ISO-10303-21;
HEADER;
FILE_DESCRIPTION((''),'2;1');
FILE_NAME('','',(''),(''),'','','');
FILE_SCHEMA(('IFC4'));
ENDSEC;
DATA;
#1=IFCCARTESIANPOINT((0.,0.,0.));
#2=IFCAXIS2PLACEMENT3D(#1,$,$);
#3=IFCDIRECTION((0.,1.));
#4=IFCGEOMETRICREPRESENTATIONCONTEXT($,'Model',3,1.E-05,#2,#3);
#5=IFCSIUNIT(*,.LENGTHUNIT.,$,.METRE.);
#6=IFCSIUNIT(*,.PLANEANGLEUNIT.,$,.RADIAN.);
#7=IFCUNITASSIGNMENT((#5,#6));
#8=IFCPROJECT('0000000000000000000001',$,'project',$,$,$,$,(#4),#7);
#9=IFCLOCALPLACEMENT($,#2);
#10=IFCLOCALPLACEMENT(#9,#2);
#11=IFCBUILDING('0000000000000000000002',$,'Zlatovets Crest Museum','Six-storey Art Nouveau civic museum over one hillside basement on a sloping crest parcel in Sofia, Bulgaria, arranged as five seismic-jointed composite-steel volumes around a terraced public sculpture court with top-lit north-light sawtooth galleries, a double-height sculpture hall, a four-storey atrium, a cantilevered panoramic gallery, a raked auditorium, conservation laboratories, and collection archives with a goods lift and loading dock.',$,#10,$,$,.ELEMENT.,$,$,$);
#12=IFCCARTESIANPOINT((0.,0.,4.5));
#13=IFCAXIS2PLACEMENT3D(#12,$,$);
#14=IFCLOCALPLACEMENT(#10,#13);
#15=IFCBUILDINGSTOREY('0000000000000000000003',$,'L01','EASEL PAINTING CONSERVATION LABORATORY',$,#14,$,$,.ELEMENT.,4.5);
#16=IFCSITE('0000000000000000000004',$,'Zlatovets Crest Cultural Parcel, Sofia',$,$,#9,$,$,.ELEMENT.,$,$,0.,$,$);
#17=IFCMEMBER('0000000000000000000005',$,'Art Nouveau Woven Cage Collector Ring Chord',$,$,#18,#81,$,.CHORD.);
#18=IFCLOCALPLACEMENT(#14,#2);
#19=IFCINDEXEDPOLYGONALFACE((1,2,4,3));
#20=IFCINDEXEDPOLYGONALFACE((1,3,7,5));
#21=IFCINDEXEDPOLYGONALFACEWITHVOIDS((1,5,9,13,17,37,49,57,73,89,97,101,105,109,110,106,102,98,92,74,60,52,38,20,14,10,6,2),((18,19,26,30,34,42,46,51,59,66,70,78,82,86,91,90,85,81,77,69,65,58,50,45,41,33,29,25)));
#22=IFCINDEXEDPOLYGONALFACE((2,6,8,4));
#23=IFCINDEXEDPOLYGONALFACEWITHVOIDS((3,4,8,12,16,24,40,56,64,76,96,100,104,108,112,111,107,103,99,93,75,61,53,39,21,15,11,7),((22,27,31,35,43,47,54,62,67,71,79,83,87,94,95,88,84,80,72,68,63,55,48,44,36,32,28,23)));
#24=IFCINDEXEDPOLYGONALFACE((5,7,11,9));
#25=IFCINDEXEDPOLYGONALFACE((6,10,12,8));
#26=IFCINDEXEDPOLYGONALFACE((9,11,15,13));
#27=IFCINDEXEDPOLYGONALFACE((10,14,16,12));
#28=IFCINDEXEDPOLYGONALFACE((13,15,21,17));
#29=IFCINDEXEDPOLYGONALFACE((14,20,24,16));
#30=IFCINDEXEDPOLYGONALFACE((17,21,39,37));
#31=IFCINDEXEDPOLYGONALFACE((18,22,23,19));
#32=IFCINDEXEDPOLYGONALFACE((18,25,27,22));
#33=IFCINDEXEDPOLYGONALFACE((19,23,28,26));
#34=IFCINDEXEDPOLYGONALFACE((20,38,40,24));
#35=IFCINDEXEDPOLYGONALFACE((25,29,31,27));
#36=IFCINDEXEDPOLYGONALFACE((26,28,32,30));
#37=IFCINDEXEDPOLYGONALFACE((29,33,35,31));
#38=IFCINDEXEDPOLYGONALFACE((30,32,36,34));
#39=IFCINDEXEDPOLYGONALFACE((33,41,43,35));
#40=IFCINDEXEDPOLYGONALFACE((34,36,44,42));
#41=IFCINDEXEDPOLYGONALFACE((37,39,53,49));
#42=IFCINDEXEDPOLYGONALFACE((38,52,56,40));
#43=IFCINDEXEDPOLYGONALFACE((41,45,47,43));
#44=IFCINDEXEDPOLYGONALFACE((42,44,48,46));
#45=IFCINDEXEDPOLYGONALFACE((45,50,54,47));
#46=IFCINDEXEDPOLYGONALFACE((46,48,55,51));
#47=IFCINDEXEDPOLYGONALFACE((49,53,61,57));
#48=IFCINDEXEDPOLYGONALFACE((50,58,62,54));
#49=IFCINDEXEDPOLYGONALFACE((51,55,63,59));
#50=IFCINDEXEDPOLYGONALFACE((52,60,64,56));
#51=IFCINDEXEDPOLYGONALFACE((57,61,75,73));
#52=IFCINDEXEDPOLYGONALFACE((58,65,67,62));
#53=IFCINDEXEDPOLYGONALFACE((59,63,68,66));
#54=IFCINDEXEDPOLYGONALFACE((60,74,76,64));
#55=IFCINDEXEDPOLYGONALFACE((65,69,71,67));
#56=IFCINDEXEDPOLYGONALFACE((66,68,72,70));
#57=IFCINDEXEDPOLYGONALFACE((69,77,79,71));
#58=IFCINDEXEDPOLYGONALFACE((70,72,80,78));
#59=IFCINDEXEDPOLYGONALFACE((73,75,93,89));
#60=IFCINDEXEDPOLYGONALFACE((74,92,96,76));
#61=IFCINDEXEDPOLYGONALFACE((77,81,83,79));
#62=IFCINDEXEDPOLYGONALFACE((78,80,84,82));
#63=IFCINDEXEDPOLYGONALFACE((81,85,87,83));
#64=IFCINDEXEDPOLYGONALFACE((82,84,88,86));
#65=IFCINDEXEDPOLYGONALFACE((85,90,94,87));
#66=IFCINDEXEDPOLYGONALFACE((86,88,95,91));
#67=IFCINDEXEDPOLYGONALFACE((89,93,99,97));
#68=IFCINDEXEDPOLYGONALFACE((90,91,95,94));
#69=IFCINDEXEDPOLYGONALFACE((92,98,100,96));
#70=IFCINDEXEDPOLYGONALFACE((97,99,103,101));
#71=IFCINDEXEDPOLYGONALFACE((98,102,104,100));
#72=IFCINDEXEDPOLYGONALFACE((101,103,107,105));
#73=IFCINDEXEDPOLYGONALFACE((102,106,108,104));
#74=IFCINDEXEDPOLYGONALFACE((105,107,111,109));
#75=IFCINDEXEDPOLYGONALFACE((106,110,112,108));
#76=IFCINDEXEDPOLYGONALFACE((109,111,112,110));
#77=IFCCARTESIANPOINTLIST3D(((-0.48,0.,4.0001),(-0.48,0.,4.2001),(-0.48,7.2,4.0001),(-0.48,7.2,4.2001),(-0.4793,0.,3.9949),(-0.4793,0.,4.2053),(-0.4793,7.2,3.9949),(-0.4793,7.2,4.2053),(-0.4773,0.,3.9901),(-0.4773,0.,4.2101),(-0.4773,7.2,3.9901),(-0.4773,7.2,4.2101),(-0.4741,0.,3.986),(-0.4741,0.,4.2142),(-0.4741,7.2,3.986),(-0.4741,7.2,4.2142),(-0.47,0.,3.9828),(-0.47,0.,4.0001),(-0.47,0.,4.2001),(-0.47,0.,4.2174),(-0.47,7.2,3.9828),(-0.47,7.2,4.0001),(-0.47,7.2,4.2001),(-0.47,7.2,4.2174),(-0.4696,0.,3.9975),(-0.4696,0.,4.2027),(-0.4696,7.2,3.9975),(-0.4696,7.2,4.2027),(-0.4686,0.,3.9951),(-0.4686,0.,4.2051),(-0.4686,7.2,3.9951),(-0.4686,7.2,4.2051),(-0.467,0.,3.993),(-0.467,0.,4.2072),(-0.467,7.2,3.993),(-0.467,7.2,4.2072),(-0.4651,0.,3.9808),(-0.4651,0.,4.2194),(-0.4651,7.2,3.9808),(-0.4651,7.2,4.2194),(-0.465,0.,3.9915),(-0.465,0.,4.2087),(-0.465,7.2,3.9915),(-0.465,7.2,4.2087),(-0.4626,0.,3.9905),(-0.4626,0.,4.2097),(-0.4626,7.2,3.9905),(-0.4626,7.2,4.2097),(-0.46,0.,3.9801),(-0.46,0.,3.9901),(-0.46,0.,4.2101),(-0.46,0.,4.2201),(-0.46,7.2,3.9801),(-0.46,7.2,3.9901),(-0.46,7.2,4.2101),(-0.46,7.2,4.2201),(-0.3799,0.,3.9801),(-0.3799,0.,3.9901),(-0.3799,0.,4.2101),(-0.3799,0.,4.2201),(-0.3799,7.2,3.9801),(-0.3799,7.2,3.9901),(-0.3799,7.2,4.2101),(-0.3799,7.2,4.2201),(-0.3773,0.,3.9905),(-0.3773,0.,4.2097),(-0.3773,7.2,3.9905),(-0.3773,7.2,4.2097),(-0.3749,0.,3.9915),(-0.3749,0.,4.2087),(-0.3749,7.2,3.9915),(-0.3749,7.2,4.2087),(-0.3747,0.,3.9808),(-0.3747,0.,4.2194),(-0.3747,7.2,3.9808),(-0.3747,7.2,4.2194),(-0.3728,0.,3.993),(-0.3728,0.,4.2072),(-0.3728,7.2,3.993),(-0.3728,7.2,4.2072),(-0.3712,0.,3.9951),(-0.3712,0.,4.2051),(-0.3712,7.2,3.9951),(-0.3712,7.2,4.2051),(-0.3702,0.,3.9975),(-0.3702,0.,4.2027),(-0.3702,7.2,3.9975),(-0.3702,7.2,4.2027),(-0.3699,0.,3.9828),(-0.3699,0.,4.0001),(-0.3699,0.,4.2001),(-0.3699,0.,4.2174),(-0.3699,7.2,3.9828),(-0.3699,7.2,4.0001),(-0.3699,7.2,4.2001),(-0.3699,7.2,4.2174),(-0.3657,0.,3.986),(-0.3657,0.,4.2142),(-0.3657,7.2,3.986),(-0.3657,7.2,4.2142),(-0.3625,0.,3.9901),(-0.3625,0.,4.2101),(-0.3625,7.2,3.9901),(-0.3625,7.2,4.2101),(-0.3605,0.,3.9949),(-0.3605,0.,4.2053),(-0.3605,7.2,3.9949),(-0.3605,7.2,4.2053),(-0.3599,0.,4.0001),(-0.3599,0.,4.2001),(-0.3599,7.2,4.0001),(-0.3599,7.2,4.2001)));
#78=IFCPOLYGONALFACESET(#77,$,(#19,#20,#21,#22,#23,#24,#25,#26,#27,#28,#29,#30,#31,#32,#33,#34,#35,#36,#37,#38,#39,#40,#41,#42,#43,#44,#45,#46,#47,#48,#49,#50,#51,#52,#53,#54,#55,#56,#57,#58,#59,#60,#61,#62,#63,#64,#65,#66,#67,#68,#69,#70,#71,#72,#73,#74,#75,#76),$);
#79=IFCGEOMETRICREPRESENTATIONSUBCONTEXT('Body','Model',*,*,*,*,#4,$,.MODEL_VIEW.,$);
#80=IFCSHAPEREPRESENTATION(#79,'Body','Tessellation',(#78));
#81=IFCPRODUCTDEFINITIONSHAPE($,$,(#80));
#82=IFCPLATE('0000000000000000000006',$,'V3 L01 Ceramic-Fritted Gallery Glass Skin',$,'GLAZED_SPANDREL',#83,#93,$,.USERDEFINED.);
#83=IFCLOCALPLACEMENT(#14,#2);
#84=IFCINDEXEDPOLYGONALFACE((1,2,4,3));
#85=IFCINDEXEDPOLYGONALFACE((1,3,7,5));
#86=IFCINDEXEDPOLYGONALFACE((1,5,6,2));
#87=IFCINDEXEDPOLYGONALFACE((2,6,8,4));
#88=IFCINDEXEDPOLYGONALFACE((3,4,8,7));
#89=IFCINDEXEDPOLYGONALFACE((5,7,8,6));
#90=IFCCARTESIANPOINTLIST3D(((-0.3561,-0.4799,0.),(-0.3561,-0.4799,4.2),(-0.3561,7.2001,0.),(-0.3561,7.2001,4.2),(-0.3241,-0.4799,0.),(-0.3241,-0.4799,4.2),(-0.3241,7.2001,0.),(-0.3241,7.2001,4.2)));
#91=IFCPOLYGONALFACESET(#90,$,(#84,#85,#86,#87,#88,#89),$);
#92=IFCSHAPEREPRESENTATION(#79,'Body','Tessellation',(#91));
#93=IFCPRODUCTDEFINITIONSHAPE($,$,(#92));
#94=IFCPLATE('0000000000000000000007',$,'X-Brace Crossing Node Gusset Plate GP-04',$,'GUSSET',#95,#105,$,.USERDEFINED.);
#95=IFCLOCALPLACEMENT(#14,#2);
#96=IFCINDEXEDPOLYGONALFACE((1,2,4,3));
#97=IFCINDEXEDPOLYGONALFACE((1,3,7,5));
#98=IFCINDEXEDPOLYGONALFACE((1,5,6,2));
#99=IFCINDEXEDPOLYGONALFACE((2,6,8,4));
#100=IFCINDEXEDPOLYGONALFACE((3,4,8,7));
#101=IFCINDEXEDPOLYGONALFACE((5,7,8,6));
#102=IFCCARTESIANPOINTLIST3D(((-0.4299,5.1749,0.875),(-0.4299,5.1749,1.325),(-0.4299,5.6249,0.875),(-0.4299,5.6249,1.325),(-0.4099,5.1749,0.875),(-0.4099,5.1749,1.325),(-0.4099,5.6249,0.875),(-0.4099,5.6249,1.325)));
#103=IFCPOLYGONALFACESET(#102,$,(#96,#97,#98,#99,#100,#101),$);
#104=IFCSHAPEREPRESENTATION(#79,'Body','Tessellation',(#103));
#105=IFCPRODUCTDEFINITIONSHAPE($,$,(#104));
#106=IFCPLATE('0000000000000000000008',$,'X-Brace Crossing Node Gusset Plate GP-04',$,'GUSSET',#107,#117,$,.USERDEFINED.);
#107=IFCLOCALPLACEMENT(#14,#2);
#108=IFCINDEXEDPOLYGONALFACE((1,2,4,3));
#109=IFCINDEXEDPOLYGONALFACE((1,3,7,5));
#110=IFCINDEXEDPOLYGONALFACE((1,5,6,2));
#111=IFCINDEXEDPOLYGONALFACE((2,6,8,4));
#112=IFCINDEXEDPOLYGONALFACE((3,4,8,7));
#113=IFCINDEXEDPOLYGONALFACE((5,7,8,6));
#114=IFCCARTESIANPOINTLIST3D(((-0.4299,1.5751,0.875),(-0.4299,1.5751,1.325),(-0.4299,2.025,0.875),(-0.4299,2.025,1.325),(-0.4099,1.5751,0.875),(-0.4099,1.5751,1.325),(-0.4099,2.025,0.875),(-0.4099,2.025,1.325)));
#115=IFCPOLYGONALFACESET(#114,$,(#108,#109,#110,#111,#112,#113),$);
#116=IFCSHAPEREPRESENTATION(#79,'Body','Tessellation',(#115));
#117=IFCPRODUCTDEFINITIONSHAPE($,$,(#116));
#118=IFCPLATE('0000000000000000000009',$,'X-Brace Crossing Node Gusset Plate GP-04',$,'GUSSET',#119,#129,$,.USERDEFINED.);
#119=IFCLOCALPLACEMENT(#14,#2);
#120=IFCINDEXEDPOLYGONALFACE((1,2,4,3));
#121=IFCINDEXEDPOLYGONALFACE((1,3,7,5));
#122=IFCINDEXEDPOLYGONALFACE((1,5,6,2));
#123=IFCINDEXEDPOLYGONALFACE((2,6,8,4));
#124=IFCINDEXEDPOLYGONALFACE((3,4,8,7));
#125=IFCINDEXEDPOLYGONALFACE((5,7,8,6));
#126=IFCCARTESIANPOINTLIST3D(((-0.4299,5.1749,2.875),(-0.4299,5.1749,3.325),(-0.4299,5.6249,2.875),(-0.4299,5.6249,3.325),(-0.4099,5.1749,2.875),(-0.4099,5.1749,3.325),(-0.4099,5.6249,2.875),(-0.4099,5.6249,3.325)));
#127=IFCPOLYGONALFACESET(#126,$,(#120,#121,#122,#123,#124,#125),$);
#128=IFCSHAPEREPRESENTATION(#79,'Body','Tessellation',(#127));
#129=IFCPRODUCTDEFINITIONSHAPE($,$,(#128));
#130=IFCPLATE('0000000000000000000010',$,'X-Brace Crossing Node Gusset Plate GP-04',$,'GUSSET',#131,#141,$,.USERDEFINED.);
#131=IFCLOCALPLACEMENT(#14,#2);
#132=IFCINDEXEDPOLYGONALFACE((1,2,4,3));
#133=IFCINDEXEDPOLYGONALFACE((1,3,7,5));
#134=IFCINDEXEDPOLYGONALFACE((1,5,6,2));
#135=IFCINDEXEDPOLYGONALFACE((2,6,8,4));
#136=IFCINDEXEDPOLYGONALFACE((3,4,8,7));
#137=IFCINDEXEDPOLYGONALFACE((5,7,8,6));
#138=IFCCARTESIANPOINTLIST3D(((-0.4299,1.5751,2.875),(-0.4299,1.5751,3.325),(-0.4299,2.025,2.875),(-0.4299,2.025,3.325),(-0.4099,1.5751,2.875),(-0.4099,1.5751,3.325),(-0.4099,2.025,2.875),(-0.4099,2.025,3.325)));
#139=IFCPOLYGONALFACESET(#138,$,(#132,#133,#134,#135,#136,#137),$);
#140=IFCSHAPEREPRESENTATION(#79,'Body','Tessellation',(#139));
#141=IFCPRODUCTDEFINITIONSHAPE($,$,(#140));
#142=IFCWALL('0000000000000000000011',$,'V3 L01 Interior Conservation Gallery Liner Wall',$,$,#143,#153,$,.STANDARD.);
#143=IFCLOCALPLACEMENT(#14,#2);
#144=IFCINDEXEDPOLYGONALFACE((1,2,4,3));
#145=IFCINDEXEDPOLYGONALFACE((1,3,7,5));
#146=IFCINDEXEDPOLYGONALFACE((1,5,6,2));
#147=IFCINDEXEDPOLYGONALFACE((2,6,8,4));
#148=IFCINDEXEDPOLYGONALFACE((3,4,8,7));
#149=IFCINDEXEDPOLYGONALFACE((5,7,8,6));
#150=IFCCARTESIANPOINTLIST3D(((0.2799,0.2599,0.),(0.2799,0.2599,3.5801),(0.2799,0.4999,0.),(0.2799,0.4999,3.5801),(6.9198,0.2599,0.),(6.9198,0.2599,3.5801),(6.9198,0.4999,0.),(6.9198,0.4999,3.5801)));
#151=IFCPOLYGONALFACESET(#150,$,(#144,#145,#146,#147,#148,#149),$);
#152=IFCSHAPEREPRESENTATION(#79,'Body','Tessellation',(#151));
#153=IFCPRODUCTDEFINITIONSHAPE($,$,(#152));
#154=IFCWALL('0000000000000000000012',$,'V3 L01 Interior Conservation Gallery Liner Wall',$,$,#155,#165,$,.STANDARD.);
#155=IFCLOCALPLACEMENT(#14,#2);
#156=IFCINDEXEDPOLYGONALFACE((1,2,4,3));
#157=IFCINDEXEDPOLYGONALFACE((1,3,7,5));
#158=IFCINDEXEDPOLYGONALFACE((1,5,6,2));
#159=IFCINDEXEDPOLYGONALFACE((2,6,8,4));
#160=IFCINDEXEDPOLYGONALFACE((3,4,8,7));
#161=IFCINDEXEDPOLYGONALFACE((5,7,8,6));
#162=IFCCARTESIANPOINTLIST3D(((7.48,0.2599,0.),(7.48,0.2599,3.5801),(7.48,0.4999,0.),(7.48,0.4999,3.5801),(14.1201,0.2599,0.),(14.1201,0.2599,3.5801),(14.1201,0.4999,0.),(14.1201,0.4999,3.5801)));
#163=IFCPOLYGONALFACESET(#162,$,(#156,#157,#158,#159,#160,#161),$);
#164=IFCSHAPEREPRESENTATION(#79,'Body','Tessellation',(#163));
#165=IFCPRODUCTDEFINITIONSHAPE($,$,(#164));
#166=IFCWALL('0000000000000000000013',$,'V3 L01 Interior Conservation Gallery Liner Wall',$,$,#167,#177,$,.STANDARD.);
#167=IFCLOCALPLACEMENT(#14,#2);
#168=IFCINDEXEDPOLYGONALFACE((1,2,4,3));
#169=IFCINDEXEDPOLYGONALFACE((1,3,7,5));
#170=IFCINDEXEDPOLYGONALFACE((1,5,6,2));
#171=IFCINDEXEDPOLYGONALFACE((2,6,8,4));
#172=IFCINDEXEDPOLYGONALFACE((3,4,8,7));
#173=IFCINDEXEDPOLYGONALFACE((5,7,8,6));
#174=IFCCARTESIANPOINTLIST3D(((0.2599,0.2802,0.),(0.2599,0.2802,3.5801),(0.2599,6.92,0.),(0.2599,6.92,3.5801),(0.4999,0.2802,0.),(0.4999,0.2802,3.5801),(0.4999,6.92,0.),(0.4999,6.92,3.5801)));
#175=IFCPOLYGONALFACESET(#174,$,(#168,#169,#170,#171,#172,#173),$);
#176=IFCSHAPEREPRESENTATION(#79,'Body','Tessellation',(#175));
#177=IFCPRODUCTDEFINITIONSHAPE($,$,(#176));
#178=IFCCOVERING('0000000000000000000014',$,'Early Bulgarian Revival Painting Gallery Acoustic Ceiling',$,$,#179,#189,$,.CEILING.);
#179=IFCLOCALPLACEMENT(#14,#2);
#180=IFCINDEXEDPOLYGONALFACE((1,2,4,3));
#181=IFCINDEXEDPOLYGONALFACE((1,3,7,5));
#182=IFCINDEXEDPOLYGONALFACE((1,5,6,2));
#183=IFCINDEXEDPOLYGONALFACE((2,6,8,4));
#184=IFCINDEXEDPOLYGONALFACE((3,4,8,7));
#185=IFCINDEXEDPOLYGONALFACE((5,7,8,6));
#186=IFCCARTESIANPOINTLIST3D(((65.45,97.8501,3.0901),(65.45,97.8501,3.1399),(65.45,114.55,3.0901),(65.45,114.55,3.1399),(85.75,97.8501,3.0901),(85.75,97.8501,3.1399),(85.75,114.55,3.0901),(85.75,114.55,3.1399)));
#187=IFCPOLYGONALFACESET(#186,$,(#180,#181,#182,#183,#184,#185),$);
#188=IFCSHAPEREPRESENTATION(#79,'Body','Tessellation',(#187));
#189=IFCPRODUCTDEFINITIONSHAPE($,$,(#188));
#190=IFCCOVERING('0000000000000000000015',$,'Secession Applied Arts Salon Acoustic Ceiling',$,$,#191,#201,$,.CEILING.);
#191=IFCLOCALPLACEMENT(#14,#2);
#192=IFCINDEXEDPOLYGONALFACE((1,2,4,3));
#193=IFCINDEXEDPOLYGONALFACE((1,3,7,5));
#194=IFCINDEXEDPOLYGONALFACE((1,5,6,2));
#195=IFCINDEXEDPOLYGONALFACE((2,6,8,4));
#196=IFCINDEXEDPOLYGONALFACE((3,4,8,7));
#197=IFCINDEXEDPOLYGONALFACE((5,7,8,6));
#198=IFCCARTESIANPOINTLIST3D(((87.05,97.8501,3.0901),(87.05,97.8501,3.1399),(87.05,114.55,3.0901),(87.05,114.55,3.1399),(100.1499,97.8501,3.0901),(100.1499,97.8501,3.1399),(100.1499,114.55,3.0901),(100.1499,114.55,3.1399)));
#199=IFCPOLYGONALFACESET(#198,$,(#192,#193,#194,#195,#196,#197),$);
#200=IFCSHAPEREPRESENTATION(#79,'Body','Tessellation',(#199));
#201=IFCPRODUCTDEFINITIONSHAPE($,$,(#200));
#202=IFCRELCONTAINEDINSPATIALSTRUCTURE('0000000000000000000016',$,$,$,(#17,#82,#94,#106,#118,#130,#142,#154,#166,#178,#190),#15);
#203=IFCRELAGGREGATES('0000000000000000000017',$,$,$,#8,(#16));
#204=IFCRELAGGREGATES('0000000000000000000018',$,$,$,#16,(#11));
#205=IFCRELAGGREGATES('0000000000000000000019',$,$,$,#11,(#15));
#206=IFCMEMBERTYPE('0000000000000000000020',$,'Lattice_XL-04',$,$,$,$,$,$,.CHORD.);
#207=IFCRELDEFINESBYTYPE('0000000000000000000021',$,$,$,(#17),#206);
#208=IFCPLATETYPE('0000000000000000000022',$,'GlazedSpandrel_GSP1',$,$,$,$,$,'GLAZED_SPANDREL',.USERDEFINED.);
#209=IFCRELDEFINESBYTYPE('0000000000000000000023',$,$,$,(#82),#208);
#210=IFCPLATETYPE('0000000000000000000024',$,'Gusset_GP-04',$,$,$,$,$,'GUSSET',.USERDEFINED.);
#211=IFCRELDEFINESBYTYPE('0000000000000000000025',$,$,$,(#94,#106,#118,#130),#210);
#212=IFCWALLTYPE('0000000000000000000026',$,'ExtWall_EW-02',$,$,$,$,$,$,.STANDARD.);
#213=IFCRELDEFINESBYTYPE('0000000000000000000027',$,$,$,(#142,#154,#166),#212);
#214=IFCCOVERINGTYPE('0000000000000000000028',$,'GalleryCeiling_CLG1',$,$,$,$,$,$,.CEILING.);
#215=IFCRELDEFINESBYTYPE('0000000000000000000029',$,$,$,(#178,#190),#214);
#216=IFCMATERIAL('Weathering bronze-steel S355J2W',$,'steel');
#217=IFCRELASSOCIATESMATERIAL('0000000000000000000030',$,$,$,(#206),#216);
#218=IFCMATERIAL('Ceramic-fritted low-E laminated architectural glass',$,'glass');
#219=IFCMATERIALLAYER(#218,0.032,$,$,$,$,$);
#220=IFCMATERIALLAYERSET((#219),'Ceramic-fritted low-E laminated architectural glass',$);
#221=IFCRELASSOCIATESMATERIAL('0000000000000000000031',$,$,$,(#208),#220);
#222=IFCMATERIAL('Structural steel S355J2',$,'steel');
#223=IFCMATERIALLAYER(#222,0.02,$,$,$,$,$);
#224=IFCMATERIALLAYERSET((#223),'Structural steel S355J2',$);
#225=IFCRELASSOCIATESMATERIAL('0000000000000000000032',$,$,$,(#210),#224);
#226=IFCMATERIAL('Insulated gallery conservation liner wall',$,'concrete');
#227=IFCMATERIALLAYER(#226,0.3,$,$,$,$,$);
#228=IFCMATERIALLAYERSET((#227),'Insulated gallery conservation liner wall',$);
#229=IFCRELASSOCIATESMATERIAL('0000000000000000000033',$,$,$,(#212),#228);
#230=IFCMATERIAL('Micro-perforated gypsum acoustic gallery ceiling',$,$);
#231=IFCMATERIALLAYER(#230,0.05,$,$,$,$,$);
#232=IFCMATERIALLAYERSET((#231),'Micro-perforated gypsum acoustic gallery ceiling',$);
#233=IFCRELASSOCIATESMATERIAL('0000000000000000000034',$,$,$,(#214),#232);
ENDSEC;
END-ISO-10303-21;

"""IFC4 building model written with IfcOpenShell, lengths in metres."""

from ifc_helpers import new_model, si_unit, direction, frame, frame_2d, origin, origin_2d, place, context, subcontext, project, spatial, polyline, rectangle, hollow_rectangle, outline, extrude, material, layer, layer_set, material_profile, profile_set, type_object, element, save


model = new_model("IFC4")

# Units and contexts
model_context = context("Model", 3, precision=1e-05, world=origin(), true_north=direction((0.0, 1.0)))
body_context = subcontext(model_context, "Body", "Model", "MODEL_VIEW")
ifc_project = project(units=[si_unit("LENGTHUNIT", "METRE"), si_unit("PLANEANGLEUNIT", "RADIAN")], contexts=[model_context])

# Site, building, storey
site_placement = place(None, origin())
site = spatial("IfcSite", under=ifc_project, at=site_placement, Name="Zlatovets Crest Cultural Parcel, Sofia", CompositionType="ELEMENT", RefElevation=0.0)
building_placement = place(site_placement, origin())
building = spatial("IfcBuilding", under=site, at=building_placement, Name="Zlatovets Crest Museum", Description="Six-storey Art Nouveau civic museum over one hillside basement on a sloping crest parcel in Sofia, Bulgaria, arranged as five seismic-jointed composite-steel volumes around a terraced public sculpture court with top-lit north-light sawtooth galleries, a double-height sculpture hall, a four-storey atrium, a cantilevered panoramic gallery, a raked auditorium, conservation laboratories, and collection archives with a goods lift and loading dock.", CompositionType="ELEMENT")
storey_placement = place(building_placement, frame((0.0, 0.0, 4.5)))
storey = spatial("IfcBuildingStorey", under=building, at=storey_placement, Name="L01", Description="EASEL PAINTING CONSERVATION LABORATORY", CompositionType="ELEMENT", Elevation=4.5)

# Shared definitions
ifc_material_1 = material(Name="Structural steel S355J2", Category="steel")

# Member
ifc_material_2 = material(Name="Weathering bronze-steel S355J2W", Category="steel")
ifc_material_profile_1 = material_profile(ifc_material_2, hollow_rectangle(XDim=0.1201, YDim=0.24, WallThickness=0.01, InnerFilletRadius=0.01, OuterFilletRadius=0.02, at=origin_2d()), Name="RHS 120x240x10.0")
ifc_profile_set_1 = profile_set([ifc_material_profile_1], Name="Weathering bronze-steel S355J2W")
member_type_1 = type_object("IfcMemberType", Name="Lattice_XL-04", PredefinedType="CHORD", material=ifc_profile_set_1)
member_1_placement = place(storey_placement, frame((-0.4199, 7.2, 4.1001), z_axis=(0.0, -1.0, 0.0), x_axis=(1.0, 0.0, 0.0)))
element("IfcMember", 1, at=member_1_placement, inside=storey, type_object=member_type_1, Name="Art Nouveau Woven Cage Collector Ring Chord", PredefinedType="CHORD", context=body_context, shape_type="SweptSolid", body=[
    extrude(hollow_rectangle(XDim=0.1201, YDim=0.24, WallThickness=0.01, InnerFilletRadius=0.01, OuterFilletRadius=0.02, at=origin_2d()), origin(), (0.0, 0.0, 1.0), 7.2),
])

# Plates
ifc_material_3 = material(Name="Ceramic-fritted low-E laminated architectural glass", Category="glass")
ifc_layer_1 = layer(ifc_material_3, 0.032)
ifc_layer_set_1 = layer_set([ifc_layer_1], Name="Ceramic-fritted low-E laminated architectural glass")
plate_type_1 = type_object("IfcPlateType", Name="GlazedSpandrel_GSP1", ElementType="GLAZED_SPANDREL", PredefinedType="USERDEFINED", material=ifc_layer_set_1)
plate_placement = place(storey_placement, frame((-0.3401, 3.3601, 0.0), z_axis=(0.0, 0.0, 1.0), x_axis=(0.0, 1.0, 0.0)))
element("IfcPlate", 2, at=plate_placement, inside=storey, type_object=plate_type_1, Name="V3 L01 Ceramic-Fritted Gallery Glass Skin", ObjectType="GLAZED_SPANDREL", PredefinedType="USERDEFINED", context=body_context, shape_type="SweptSolid", body=[
    extrude(rectangle(XDim=7.6799, YDim=0.032, at=origin_2d()), origin(), (0.0, 0.0, 1.0), 4.2),
])
ifc_layer_2 = layer(ifc_material_1, 0.02)
ifc_layer_set_2 = layer_set([ifc_layer_2], Name="Structural steel S355J2")
plate_type_2 = type_object("IfcPlateType", Name="Gusset_GP-04", ElementType="GUSSET", PredefinedType="USERDEFINED", material=ifc_layer_set_2)
for number, where, z_axis, x_axis, name in (
    (3, (-0.4199, 5.3999, 0.875), (0.0, 0.0, 1.0), (1.0, 0.0, 0.0), "X-Brace Crossing Node Gusset Plate GP-04"),
    (4, (-0.4199, 1.8, 0.875), (0.0, 0.0, 1.0), (1.0, 0.0, 0.0), "X-Brace Crossing Node Gusset Plate GP-04"),
    (5, (-0.4199, 5.3999, 2.875), (0.0, 0.0, 1.0), (1.0, 0.0, 0.0), "X-Brace Crossing Node Gusset Plate GP-04"),
    (6, (-0.4199, 1.8, 2.875), (0.0, 0.0, 1.0), (1.0, 0.0, 0.0), "X-Brace Crossing Node Gusset Plate GP-04"),
):
    element("IfcPlate", number, at=place(storey_placement, frame(where, z_axis=z_axis, x_axis=x_axis)), inside=storey, type_object=plate_type_2, Name=name, ObjectType="GUSSET", PredefinedType="USERDEFINED", context=body_context, shape_type="SweptSolid", body=[
        extrude(rectangle(XDim=0.02, YDim=0.45, at=origin_2d()), origin(), (0.0, 0.0, 1.0), 0.45),
    ])

# Walls
ifc_material_4 = material(Name="Insulated gallery conservation liner wall", Category="concrete")
ifc_layer_3 = layer(ifc_material_4, 0.3)
ifc_layer_set_3 = layer_set([ifc_layer_3], Name="Insulated gallery conservation liner wall")
wall_type = type_object("IfcWallType", Name="ExtWall_EW-02", PredefinedType="STANDARD", material=ifc_layer_set_3)
wall_1_placement = place(storey_placement, frame((0.28, 0.3799, 0.0), z_axis=(0.0, 0.0, 1.0), x_axis=(1.0, 0.0, 0.0)))
element("IfcWall", 7, at=wall_1_placement, inside=storey, type_object=wall_type, Name="V3 L01 Interior Conservation Gallery Liner Wall", PredefinedType="STANDARD", context=body_context, shape_type="SweptSolid", body=[
    extrude(rectangle(XDim=6.6399, YDim=0.24, at=frame_2d((3.3198, 0.0))), origin(), (0.0, 0.0, 1.0), 3.5801),
])
wall_2_placement = place(storey_placement, frame((7.48, 0.3799, 0.0), z_axis=(0.0, 0.0, 1.0), x_axis=(1.0, 0.0, 0.0)))
element("IfcWall", 8, at=wall_2_placement, inside=storey, type_object=wall_type, Name="V3 L01 Interior Conservation Gallery Liner Wall", PredefinedType="STANDARD", context=body_context, shape_type="SweptSolid", body=[
    extrude(rectangle(XDim=6.6401, YDim=0.24, at=frame_2d((3.3201, 0.0))), origin(), (0.0, 0.0, 1.0), 3.5801),
])
wall_3_placement = place(storey_placement, frame((0.3799, 6.9199, 0.0), z_axis=(0.0, 0.0, 1.0), x_axis=(0.0, -1.0, 0.0)))
element("IfcWall", 9, at=wall_3_placement, inside=storey, type_object=wall_type, Name="V3 L01 Interior Conservation Gallery Liner Wall", PredefinedType="STANDARD", context=body_context, shape_type="SweptSolid", body=[
    extrude(rectangle(XDim=6.6399, YDim=0.24, at=frame_2d((3.3198, 0.0))), origin(), (0.0, 0.0, 1.0), 3.5801),
])

# Coverings
ifc_material_5 = material(Name="Micro-perforated gypsum acoustic gallery ceiling")
ifc_layer_4 = layer(ifc_material_5, 0.05)
ifc_layer_set_4 = layer_set([ifc_layer_4], Name="Micro-perforated gypsum acoustic gallery ceiling")
covering_type_1 = type_object("IfcCoveringType", Name="GalleryCeiling_CLG1", PredefinedType="CEILING", material=ifc_layer_set_4)
covering_1_placement = place(storey_placement, frame((0.0, 0.0, 3.0901)))
element("IfcCovering", 10, at=covering_1_placement, inside=storey, type_object=covering_type_1, Name="Early Bulgarian Revival Painting Gallery Acoustic Ceiling", PredefinedType="CEILING", context=body_context, shape_type="SweptSolid", body=[
    extrude(outline(polyline([(65.45, 97.8501), (85.75, 97.8501), (85.75, 114.55), (65.45, 114.55), (65.45, 97.8501)])), origin(), (0.0, 0.0, 1.0), 0.0498),
])
covering_2_placement = place(storey_placement, frame((0.0, 0.0, 3.0901)))
element("IfcCovering", 11, at=covering_2_placement, inside=storey, type_object=covering_type_1, Name="Secession Applied Arts Salon Acoustic Ceiling", PredefinedType="CEILING", context=body_context, shape_type="SweptSolid", body=[
    extrude(outline(polyline([(87.05, 97.8501), (100.1499, 97.8501), (100.1499, 114.55), (87.05, 114.55), (87.05, 97.8501)])), origin(), (0.0, 0.0, 1.0), 0.0498),
])

save(model, "model.ifc")
